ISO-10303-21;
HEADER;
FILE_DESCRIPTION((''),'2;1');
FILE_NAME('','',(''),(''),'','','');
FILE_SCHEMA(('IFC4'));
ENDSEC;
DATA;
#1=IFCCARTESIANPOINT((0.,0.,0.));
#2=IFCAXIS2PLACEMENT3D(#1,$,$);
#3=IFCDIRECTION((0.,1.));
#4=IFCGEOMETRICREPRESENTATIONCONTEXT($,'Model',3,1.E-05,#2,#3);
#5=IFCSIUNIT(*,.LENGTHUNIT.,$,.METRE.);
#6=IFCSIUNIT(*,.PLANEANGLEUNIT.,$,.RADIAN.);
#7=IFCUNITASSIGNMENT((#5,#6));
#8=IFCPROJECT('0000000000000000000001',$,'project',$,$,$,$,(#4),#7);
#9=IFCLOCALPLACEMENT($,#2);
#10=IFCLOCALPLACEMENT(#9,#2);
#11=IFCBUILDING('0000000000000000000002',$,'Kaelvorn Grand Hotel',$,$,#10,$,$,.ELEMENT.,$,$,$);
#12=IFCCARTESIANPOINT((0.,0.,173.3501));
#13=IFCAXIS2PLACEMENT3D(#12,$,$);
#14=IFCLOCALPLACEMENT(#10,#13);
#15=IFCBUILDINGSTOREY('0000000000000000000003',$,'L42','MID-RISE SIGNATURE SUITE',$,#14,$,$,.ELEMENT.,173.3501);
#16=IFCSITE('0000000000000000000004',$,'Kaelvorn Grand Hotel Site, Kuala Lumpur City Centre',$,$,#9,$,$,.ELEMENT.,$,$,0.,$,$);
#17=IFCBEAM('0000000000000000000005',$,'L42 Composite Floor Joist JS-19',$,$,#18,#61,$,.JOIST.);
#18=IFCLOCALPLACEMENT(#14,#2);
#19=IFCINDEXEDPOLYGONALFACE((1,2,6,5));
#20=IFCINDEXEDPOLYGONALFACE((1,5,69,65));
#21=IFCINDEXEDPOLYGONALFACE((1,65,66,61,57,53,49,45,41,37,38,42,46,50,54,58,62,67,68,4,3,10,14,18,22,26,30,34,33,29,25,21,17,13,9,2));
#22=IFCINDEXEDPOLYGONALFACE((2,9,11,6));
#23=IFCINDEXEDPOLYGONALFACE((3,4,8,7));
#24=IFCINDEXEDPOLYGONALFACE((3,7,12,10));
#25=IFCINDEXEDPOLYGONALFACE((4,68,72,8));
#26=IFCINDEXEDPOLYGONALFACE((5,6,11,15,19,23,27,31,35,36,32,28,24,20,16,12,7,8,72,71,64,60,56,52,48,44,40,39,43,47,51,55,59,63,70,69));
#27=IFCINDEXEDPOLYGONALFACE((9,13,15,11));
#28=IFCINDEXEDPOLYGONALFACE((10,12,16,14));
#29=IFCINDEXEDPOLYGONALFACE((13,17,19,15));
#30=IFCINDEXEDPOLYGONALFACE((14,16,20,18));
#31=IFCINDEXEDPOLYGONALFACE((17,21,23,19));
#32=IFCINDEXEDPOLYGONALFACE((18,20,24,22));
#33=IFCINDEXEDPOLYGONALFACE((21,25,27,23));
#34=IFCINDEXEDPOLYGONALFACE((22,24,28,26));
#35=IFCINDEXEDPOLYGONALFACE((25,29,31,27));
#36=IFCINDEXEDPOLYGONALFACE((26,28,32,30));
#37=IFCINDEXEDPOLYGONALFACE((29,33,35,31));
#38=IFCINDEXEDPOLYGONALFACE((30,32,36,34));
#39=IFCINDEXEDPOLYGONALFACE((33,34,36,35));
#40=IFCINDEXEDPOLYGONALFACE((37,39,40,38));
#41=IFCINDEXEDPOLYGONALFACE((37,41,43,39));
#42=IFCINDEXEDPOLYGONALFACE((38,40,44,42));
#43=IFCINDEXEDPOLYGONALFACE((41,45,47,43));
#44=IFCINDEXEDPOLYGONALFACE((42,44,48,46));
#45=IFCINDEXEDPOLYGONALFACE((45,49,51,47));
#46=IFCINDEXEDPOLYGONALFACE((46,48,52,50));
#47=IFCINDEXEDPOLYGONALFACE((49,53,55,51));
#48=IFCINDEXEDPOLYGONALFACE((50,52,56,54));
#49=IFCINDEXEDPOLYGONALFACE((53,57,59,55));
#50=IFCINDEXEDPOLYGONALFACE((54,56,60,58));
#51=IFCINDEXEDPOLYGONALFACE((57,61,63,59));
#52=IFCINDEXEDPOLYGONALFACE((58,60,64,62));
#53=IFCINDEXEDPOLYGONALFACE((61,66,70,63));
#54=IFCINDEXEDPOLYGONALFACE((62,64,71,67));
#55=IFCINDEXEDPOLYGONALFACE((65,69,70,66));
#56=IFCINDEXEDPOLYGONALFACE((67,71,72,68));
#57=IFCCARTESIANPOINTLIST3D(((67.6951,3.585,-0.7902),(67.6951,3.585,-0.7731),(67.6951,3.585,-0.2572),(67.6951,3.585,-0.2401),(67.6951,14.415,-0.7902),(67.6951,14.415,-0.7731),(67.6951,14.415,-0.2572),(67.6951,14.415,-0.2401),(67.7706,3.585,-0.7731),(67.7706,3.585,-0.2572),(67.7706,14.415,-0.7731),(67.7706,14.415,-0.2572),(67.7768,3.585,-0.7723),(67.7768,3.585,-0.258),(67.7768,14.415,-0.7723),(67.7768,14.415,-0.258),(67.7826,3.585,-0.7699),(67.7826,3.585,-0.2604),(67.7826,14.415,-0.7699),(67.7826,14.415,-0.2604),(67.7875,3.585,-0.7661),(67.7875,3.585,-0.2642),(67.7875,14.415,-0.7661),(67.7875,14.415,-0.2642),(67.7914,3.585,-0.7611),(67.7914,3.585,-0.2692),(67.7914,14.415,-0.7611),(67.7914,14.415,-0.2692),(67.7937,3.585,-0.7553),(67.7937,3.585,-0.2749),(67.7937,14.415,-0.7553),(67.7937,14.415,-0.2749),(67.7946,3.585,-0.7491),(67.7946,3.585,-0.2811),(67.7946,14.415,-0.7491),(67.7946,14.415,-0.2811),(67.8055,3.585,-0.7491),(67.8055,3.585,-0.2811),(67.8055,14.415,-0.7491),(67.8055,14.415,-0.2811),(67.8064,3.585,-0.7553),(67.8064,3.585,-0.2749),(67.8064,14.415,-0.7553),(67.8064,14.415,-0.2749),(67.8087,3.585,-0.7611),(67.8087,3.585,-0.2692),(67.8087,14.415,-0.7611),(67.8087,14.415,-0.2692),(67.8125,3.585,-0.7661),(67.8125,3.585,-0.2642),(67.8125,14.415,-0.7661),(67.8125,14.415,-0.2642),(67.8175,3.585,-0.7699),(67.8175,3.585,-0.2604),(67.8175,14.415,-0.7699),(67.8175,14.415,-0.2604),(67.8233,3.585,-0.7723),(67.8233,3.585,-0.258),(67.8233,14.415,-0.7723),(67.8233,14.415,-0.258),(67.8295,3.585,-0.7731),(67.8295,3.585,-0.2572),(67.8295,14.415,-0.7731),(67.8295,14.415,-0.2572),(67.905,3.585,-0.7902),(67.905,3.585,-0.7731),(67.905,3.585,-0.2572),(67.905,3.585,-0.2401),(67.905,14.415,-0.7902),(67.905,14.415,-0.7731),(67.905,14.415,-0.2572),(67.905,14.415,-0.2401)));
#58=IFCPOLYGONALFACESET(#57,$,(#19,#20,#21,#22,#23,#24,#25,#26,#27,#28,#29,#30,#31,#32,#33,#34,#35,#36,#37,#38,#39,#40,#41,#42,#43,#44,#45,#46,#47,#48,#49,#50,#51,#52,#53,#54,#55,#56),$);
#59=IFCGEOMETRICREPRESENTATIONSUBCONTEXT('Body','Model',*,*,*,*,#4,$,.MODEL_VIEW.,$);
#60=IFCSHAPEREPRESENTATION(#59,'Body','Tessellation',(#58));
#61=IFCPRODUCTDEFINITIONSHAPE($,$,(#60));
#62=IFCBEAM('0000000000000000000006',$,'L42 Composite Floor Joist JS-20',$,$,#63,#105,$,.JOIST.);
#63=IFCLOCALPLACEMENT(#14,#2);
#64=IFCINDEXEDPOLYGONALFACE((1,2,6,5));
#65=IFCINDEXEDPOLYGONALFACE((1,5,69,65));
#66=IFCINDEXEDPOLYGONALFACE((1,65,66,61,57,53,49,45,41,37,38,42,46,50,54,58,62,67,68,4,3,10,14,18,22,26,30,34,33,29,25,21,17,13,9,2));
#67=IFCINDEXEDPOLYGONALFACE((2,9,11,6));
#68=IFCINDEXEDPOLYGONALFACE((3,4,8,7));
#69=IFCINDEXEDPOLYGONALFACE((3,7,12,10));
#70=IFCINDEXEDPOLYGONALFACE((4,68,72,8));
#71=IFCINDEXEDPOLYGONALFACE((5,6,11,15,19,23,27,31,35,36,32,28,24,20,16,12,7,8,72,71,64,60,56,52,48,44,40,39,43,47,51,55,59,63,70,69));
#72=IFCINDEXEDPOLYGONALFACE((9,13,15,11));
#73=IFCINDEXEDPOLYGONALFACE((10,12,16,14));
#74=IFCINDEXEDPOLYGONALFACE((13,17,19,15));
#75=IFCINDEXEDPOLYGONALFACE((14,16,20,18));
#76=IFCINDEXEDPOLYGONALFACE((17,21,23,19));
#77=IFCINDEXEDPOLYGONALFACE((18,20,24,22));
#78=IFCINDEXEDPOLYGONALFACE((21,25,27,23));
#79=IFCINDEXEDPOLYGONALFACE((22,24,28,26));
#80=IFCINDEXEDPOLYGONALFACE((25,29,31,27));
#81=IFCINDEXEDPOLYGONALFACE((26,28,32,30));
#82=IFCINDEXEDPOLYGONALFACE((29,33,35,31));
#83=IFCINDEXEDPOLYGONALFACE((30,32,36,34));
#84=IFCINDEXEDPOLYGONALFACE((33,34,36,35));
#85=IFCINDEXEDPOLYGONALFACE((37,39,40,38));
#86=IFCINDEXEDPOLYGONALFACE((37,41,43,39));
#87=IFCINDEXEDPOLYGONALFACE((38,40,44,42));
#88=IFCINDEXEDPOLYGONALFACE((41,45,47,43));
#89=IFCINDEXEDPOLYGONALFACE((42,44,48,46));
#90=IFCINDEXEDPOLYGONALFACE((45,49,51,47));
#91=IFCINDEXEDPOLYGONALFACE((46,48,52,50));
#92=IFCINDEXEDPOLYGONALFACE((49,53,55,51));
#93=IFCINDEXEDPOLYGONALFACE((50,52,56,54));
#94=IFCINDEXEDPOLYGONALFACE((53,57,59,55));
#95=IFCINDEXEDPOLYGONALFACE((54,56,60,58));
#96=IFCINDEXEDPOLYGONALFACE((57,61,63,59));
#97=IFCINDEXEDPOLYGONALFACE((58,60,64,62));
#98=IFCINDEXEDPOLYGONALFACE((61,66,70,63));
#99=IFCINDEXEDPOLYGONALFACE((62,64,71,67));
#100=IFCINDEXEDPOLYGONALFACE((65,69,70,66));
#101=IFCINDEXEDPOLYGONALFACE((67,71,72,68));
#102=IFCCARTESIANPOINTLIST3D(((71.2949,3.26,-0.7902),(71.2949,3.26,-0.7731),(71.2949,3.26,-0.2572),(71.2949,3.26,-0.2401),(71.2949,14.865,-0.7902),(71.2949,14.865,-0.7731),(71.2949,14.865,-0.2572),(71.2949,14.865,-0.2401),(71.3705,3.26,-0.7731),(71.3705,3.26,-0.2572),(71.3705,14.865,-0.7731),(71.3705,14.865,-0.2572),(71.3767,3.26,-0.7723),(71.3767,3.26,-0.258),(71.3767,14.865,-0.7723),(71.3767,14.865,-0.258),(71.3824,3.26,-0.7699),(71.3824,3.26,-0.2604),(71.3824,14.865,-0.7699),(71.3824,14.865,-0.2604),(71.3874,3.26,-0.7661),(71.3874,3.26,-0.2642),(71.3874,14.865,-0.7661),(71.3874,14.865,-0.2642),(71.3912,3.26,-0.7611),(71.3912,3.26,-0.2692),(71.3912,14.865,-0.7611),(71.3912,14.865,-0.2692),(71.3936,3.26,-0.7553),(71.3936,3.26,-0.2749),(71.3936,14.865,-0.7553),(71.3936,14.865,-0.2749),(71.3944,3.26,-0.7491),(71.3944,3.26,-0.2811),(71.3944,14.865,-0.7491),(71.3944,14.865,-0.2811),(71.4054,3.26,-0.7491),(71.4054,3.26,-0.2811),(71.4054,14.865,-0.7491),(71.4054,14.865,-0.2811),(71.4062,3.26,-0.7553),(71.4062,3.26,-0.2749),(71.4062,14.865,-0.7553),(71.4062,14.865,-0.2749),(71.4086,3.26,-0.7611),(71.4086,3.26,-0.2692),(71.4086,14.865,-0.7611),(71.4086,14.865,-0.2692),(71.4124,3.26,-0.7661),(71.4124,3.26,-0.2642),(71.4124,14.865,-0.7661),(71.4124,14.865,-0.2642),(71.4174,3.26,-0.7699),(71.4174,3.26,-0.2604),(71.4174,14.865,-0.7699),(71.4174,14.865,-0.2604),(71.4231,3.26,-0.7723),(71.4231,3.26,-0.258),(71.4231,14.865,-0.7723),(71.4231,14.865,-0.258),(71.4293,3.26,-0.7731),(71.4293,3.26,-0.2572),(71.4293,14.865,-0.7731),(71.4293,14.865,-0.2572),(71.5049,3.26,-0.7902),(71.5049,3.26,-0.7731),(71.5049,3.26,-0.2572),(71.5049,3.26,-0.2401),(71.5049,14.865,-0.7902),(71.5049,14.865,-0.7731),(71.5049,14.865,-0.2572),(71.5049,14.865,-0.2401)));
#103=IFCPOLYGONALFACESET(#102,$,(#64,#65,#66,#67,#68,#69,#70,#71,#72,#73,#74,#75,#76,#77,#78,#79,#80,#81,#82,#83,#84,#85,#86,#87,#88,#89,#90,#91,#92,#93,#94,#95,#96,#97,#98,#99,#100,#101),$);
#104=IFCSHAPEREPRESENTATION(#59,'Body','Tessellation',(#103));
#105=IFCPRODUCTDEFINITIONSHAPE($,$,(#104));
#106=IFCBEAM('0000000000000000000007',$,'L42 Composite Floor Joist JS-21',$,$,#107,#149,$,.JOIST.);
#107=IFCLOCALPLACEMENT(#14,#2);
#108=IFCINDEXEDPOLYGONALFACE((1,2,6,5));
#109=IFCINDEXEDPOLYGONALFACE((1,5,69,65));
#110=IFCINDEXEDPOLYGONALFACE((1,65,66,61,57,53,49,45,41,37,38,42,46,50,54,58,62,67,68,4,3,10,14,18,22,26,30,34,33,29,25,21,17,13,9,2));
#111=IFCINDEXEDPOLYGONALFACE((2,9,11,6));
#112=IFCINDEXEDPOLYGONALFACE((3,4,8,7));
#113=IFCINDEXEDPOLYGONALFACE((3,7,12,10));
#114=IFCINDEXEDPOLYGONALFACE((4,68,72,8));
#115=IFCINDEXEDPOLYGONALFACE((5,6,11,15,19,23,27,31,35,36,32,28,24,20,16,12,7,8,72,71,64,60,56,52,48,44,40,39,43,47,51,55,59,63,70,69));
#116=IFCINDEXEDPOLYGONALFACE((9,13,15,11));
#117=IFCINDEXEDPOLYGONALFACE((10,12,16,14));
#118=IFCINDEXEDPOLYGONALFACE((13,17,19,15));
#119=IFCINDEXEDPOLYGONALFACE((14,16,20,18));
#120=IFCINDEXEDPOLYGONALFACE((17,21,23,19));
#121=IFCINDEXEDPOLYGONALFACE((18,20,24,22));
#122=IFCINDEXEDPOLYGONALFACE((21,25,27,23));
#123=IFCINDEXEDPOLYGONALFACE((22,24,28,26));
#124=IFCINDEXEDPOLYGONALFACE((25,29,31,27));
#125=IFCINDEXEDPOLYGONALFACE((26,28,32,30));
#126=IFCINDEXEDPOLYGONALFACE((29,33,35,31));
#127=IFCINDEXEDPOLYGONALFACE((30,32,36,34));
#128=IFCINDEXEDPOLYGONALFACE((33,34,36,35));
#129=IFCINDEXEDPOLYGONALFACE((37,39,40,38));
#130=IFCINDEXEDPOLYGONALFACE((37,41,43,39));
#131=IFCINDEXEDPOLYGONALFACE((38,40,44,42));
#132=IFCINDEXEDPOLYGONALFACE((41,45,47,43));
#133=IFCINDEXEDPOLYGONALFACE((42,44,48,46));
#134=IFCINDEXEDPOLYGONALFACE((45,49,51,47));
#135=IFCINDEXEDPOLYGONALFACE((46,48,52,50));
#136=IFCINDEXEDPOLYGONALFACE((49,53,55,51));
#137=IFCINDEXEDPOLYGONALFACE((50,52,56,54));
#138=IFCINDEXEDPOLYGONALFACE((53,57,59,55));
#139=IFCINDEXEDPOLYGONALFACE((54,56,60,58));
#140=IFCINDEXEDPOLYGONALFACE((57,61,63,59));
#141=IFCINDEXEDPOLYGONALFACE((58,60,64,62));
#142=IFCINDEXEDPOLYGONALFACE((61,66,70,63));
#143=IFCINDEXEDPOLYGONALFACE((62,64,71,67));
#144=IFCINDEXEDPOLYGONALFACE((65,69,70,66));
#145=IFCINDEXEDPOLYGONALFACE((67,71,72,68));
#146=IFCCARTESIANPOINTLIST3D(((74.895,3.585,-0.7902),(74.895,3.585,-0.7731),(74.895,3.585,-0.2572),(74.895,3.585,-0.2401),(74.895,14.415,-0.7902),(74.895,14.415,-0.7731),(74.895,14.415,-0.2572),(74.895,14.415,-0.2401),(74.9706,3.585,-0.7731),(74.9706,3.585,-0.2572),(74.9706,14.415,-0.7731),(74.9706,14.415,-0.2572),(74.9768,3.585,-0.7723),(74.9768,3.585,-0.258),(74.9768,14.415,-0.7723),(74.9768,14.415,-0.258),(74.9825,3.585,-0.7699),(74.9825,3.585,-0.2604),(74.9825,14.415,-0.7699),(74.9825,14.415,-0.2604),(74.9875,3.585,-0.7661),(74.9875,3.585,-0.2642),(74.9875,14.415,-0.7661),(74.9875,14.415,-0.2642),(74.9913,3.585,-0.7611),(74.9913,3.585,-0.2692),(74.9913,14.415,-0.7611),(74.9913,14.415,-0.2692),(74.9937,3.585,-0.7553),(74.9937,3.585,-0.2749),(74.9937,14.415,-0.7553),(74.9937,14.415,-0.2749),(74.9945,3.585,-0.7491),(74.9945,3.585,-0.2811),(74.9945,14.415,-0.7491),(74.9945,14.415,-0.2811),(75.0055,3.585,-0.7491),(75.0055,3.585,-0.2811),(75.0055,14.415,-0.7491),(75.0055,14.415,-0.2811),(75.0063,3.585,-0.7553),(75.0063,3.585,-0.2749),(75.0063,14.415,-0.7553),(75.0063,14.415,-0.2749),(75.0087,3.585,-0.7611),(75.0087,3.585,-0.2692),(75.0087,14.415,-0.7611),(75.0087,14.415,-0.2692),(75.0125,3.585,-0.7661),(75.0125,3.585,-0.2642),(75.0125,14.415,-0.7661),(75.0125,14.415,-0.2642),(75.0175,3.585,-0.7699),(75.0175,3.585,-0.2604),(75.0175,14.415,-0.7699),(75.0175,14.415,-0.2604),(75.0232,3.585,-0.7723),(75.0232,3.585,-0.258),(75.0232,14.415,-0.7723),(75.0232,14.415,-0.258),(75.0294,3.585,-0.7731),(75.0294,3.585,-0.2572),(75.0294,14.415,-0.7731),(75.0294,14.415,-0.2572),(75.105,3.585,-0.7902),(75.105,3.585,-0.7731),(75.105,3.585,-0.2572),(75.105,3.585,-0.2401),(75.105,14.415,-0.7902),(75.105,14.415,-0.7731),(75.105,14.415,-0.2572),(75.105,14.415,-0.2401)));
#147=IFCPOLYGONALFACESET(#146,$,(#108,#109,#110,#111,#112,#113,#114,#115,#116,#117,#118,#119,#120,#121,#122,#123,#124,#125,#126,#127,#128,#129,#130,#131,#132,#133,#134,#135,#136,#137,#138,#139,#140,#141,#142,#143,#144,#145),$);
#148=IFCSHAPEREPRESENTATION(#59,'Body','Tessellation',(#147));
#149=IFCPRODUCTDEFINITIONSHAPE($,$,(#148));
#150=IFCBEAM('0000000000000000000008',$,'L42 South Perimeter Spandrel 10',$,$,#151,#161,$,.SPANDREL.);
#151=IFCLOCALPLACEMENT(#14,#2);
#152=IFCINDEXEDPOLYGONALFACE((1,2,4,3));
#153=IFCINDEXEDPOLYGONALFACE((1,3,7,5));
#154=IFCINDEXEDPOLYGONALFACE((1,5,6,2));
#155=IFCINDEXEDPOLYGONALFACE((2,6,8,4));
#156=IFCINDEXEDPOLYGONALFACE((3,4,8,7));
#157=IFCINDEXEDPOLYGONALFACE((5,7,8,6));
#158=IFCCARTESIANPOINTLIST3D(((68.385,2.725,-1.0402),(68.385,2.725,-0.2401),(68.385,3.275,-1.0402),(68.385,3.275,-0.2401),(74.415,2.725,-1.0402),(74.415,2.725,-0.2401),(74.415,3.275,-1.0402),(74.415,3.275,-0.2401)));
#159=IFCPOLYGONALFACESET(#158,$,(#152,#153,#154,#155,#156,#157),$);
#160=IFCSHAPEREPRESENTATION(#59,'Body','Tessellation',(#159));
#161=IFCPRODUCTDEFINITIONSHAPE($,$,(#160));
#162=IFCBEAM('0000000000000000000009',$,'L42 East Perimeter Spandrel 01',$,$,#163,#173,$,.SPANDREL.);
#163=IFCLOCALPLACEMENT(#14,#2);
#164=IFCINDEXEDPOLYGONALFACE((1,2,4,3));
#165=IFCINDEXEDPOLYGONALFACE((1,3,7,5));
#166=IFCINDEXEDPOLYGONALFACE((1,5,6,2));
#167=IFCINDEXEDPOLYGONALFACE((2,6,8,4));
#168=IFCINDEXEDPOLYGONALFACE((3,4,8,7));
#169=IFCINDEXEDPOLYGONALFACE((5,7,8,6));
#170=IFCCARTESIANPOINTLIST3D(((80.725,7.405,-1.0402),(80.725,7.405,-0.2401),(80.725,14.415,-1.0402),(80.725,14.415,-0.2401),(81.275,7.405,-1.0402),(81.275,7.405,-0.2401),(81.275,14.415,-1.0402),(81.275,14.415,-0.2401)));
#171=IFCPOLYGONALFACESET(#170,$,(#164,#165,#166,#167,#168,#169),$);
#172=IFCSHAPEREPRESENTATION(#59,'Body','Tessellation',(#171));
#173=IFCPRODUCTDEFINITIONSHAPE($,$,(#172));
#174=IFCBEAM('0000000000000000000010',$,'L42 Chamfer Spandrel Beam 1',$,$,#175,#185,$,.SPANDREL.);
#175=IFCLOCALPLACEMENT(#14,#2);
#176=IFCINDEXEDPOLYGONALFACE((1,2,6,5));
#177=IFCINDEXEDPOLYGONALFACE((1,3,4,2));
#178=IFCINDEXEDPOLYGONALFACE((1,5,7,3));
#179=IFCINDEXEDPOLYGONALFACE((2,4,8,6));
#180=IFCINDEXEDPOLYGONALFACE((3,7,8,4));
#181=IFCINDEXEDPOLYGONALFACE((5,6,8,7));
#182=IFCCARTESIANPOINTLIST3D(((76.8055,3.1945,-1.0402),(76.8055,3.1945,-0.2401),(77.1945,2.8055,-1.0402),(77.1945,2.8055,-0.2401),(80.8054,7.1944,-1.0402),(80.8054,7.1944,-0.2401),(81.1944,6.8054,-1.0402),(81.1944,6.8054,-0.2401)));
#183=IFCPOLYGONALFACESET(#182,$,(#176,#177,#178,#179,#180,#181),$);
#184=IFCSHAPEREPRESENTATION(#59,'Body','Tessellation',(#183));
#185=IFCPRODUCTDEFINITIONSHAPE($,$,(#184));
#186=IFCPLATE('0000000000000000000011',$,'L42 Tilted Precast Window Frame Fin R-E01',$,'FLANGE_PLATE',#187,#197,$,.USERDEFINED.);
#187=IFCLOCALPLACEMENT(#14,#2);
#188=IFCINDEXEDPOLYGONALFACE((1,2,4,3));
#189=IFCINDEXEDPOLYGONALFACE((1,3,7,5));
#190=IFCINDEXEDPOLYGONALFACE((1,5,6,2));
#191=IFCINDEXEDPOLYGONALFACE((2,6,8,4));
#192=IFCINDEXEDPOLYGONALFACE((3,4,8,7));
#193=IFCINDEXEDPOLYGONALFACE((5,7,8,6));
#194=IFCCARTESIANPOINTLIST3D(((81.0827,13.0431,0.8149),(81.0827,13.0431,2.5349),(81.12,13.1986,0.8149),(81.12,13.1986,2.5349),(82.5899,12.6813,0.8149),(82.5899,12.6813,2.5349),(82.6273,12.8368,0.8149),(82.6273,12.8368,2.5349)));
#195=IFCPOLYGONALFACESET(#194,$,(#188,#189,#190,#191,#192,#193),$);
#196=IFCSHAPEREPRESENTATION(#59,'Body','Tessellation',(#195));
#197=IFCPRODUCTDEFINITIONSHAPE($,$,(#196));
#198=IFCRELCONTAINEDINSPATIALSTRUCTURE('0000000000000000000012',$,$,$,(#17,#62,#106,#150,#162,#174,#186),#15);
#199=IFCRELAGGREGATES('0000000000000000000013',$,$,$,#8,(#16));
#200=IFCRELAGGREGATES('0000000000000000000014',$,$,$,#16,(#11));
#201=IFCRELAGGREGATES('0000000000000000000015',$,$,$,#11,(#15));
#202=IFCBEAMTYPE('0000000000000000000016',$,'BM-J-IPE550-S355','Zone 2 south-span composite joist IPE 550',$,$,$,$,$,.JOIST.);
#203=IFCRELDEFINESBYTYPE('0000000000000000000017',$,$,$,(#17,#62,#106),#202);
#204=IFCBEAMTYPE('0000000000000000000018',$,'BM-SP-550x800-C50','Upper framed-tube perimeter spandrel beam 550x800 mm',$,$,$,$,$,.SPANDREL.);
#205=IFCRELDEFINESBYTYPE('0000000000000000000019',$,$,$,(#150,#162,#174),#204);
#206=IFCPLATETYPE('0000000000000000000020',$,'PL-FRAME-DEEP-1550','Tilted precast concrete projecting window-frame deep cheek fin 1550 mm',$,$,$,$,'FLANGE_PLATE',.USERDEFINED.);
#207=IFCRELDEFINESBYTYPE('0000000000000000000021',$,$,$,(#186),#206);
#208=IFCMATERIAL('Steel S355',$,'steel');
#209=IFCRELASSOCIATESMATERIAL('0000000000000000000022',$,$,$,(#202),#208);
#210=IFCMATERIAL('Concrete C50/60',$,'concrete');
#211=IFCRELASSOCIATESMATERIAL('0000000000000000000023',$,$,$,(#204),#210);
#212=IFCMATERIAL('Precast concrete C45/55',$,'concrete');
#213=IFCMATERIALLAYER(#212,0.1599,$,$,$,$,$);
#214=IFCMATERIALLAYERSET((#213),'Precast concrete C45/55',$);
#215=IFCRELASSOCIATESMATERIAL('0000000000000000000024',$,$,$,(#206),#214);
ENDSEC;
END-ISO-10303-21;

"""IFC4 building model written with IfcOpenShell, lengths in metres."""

from ifc_helpers import new_model, si_unit, direction, frame, origin, origin_2d, place, context, subcontext, project, spatial, rectangle, i_section, extrude, material, layer, layer_set, material_profile, profile_set, type_object, element, save


model = new_model("IFC4")

# Units and contexts
model_context = context("Model", 3, precision=1e-05, world=origin(), true_north=direction((0.0, 1.0)))
body_context = subcontext(model_context, "Body", "Model", "MODEL_VIEW")
ifc_project = project(units=[si_unit("LENGTHUNIT", "METRE"), si_unit("PLANEANGLEUNIT", "RADIAN")], contexts=[model_context])

# Site, building, storey
site_placement = place(None, origin())
site = spatial("IfcSite", under=ifc_project, at=site_placement, Name="Kaelvorn Grand Hotel Site, Kuala Lumpur City Centre", CompositionType="ELEMENT", RefElevation=0.0)
building_placement = place(site_placement, origin())
building = spatial("IfcBuilding", under=site, at=building_placement, Name="Kaelvorn Grand Hotel", CompositionType="ELEMENT")
storey_placement = place(building_placement, frame((0.0, 0.0, 173.3501)))
storey = spatial("IfcBuildingStorey", under=building, at=storey_placement, Name="L42", Description="MID-RISE SIGNATURE SUITE", CompositionType="ELEMENT", Elevation=173.3501)

# Beams
ifc_material_1 = material(Name="Steel S355", Category="steel")
ifc_material_profile_1 = material_profile(ifc_material_1, i_section(OverallWidth=0.21, OverallDepth=0.55, WebThickness=0.011, FlangeThickness=0.0171, FilletRadius=0.0239, at=origin_2d()), Name="IPE 550")
ifc_profile_set_1 = profile_set([ifc_material_profile_1], Name="Steel S355")
beam_type_1 = type_object("IfcBeamType", Name="BM-J-IPE550-S355", Description="Zone 2 south-span composite joist IPE 550", PredefinedType="JOIST", material=ifc_profile_set_1)
beam_1_placement = place(storey_placement, frame((67.8, 3.585, -0.5151), z_axis=(0.0, 1.0, 0.0), x_axis=(-1.0, 0.0, 0.0)))
element("IfcBeam", 1, at=beam_1_placement, inside=storey, type_object=beam_type_1, Name="L42 Composite Floor Joist JS-19", PredefinedType="JOIST", context=body_context, shape_type="SweptSolid", body=[
    extrude(i_section(OverallWidth=0.21, OverallDepth=0.55, WebThickness=0.011, FlangeThickness=0.0171, FilletRadius=0.0239, at=origin_2d()), origin(), (0.0, 0.0, 1.0), 10.8301),
])
beam_2_placement = place(storey_placement, frame((71.3999, 3.26, -0.5151), z_axis=(0.0, 1.0, 0.0), x_axis=(-1.0, 0.0, 0.0)))
element("IfcBeam", 2, at=beam_2_placement, inside=storey, type_object=beam_type_1, Name="L42 Composite Floor Joist JS-20", PredefinedType="JOIST", context=body_context, shape_type="SweptSolid", body=[
    extrude(i_section(OverallWidth=0.21, OverallDepth=0.55, WebThickness=0.011, FlangeThickness=0.0171, FilletRadius=0.0239, at=origin_2d()), origin(), (0.0, 0.0, 1.0), 11.605),
])
beam_3_placement = place(storey_placement, frame((75.0, 3.585, -0.5151), z_axis=(0.0, 1.0, 0.0), x_axis=(-1.0, 0.0, 0.0)))
element("IfcBeam", 3, at=beam_3_placement, inside=storey, type_object=beam_type_1, Name="L42 Composite Floor Joist JS-21", PredefinedType="JOIST", context=body_context, shape_type="SweptSolid", body=[
    extrude(i_section(OverallWidth=0.21, OverallDepth=0.55, WebThickness=0.011, FlangeThickness=0.0171, FilletRadius=0.0239, at=origin_2d()), origin(), (0.0, 0.0, 1.0), 10.8301),
])
ifc_material_2 = material(Name="Concrete C50/60", Category="concrete")
ifc_material_profile_2 = material_profile(ifc_material_2, rectangle(XDim=0.55, YDim=0.8, at=origin_2d()), Name="RC SPANDREL 550x800")
ifc_profile_set_2 = profile_set([ifc_material_profile_2], Name="Concrete C50/60")
beam_type_2 = type_object("IfcBeamType", Name="BM-SP-550x800-C50", Description="Upper framed-tube perimeter spandrel beam 550x800 mm", PredefinedType="SPANDREL", material=ifc_profile_set_2)
beam_4_placement = place(storey_placement, frame((68.385, 3.0, -0.6401), z_axis=(1.0, 0.0, 0.0), x_axis=(0.0, 1.0, 0.0)))
element("IfcBeam", 4, at=beam_4_placement, inside=storey, type_object=beam_type_2, Name="L42 South Perimeter Spandrel 10", PredefinedType="SPANDREL", context=body_context, shape_type="SweptSolid", body=[
    extrude(rectangle(XDim=0.55, YDim=0.8, at=origin_2d()), origin(), (0.0, 0.0, 1.0), 6.03),
])
beam_5_placement = place(storey_placement, frame((81.0, 7.405, -0.6401), z_axis=(0.0, 1.0, 0.0), x_axis=(-1.0, 0.0, 0.0)))
element("IfcBeam", 5, at=beam_5_placement, inside=storey, type_object=beam_type_2, Name="L42 East Perimeter Spandrel 01", PredefinedType="SPANDREL", context=body_context, shape_type="SweptSolid", body=[
    extrude(rectangle(XDim=0.55, YDim=0.8, at=origin_2d()), origin(), (0.0, 0.0, 1.0), 7.01),
])
beam_6_placement = place(storey_placement, frame((77.0, 3.0, -0.6401), z_axis=(0.707107, 0.707107, 0.0), x_axis=(-0.707107, 0.707107, 0.0)))
element("IfcBeam", 6, at=beam_6_placement, inside=storey, type_object=beam_type_2, Name="L42 Chamfer Spandrel Beam 1", PredefinedType="SPANDREL", context=body_context, shape_type="SweptSolid", body=[
    extrude(rectangle(XDim=0.55, YDim=0.8, at=origin_2d()), origin(), (0.0, 0.0, 1.0), 5.6567),
])

# Plate
ifc_material_3 = material(Name="Precast concrete C45/55", Category="concrete")
ifc_layer_1 = layer(ifc_material_3, 0.1599)
ifc_layer_set_1 = layer_set([ifc_layer_1], Name="Precast concrete C45/55")
plate_type_1 = type_object("IfcPlateType", Name="PL-FRAME-DEEP-1550", Description="Tilted precast concrete projecting window-frame deep cheek fin 1550 mm", ElementType="FLANGE_PLATE", PredefinedType="USERDEFINED", material=ifc_layer_set_1)
plate_1_placement = place(storey_placement, frame((81.855, 12.9399, 0.8149), z_axis=(0.0, 0.0, 1.0), x_axis=(0.233445, 0.97237, 0.0)))
element("IfcPlate", 7, at=plate_1_placement, inside=storey, type_object=plate_type_1, Name="L42 Tilted Precast Window Frame Fin R-E01", ObjectType="FLANGE_PLATE", PredefinedType="USERDEFINED", context=body_context, shape_type="SweptSolid", body=[
    extrude(rectangle(XDim=0.1599, YDim=1.55, at=origin_2d()), origin(), (0.0, 0.0, 1.0), 1.72),
])

save(model, "model.ifc")
